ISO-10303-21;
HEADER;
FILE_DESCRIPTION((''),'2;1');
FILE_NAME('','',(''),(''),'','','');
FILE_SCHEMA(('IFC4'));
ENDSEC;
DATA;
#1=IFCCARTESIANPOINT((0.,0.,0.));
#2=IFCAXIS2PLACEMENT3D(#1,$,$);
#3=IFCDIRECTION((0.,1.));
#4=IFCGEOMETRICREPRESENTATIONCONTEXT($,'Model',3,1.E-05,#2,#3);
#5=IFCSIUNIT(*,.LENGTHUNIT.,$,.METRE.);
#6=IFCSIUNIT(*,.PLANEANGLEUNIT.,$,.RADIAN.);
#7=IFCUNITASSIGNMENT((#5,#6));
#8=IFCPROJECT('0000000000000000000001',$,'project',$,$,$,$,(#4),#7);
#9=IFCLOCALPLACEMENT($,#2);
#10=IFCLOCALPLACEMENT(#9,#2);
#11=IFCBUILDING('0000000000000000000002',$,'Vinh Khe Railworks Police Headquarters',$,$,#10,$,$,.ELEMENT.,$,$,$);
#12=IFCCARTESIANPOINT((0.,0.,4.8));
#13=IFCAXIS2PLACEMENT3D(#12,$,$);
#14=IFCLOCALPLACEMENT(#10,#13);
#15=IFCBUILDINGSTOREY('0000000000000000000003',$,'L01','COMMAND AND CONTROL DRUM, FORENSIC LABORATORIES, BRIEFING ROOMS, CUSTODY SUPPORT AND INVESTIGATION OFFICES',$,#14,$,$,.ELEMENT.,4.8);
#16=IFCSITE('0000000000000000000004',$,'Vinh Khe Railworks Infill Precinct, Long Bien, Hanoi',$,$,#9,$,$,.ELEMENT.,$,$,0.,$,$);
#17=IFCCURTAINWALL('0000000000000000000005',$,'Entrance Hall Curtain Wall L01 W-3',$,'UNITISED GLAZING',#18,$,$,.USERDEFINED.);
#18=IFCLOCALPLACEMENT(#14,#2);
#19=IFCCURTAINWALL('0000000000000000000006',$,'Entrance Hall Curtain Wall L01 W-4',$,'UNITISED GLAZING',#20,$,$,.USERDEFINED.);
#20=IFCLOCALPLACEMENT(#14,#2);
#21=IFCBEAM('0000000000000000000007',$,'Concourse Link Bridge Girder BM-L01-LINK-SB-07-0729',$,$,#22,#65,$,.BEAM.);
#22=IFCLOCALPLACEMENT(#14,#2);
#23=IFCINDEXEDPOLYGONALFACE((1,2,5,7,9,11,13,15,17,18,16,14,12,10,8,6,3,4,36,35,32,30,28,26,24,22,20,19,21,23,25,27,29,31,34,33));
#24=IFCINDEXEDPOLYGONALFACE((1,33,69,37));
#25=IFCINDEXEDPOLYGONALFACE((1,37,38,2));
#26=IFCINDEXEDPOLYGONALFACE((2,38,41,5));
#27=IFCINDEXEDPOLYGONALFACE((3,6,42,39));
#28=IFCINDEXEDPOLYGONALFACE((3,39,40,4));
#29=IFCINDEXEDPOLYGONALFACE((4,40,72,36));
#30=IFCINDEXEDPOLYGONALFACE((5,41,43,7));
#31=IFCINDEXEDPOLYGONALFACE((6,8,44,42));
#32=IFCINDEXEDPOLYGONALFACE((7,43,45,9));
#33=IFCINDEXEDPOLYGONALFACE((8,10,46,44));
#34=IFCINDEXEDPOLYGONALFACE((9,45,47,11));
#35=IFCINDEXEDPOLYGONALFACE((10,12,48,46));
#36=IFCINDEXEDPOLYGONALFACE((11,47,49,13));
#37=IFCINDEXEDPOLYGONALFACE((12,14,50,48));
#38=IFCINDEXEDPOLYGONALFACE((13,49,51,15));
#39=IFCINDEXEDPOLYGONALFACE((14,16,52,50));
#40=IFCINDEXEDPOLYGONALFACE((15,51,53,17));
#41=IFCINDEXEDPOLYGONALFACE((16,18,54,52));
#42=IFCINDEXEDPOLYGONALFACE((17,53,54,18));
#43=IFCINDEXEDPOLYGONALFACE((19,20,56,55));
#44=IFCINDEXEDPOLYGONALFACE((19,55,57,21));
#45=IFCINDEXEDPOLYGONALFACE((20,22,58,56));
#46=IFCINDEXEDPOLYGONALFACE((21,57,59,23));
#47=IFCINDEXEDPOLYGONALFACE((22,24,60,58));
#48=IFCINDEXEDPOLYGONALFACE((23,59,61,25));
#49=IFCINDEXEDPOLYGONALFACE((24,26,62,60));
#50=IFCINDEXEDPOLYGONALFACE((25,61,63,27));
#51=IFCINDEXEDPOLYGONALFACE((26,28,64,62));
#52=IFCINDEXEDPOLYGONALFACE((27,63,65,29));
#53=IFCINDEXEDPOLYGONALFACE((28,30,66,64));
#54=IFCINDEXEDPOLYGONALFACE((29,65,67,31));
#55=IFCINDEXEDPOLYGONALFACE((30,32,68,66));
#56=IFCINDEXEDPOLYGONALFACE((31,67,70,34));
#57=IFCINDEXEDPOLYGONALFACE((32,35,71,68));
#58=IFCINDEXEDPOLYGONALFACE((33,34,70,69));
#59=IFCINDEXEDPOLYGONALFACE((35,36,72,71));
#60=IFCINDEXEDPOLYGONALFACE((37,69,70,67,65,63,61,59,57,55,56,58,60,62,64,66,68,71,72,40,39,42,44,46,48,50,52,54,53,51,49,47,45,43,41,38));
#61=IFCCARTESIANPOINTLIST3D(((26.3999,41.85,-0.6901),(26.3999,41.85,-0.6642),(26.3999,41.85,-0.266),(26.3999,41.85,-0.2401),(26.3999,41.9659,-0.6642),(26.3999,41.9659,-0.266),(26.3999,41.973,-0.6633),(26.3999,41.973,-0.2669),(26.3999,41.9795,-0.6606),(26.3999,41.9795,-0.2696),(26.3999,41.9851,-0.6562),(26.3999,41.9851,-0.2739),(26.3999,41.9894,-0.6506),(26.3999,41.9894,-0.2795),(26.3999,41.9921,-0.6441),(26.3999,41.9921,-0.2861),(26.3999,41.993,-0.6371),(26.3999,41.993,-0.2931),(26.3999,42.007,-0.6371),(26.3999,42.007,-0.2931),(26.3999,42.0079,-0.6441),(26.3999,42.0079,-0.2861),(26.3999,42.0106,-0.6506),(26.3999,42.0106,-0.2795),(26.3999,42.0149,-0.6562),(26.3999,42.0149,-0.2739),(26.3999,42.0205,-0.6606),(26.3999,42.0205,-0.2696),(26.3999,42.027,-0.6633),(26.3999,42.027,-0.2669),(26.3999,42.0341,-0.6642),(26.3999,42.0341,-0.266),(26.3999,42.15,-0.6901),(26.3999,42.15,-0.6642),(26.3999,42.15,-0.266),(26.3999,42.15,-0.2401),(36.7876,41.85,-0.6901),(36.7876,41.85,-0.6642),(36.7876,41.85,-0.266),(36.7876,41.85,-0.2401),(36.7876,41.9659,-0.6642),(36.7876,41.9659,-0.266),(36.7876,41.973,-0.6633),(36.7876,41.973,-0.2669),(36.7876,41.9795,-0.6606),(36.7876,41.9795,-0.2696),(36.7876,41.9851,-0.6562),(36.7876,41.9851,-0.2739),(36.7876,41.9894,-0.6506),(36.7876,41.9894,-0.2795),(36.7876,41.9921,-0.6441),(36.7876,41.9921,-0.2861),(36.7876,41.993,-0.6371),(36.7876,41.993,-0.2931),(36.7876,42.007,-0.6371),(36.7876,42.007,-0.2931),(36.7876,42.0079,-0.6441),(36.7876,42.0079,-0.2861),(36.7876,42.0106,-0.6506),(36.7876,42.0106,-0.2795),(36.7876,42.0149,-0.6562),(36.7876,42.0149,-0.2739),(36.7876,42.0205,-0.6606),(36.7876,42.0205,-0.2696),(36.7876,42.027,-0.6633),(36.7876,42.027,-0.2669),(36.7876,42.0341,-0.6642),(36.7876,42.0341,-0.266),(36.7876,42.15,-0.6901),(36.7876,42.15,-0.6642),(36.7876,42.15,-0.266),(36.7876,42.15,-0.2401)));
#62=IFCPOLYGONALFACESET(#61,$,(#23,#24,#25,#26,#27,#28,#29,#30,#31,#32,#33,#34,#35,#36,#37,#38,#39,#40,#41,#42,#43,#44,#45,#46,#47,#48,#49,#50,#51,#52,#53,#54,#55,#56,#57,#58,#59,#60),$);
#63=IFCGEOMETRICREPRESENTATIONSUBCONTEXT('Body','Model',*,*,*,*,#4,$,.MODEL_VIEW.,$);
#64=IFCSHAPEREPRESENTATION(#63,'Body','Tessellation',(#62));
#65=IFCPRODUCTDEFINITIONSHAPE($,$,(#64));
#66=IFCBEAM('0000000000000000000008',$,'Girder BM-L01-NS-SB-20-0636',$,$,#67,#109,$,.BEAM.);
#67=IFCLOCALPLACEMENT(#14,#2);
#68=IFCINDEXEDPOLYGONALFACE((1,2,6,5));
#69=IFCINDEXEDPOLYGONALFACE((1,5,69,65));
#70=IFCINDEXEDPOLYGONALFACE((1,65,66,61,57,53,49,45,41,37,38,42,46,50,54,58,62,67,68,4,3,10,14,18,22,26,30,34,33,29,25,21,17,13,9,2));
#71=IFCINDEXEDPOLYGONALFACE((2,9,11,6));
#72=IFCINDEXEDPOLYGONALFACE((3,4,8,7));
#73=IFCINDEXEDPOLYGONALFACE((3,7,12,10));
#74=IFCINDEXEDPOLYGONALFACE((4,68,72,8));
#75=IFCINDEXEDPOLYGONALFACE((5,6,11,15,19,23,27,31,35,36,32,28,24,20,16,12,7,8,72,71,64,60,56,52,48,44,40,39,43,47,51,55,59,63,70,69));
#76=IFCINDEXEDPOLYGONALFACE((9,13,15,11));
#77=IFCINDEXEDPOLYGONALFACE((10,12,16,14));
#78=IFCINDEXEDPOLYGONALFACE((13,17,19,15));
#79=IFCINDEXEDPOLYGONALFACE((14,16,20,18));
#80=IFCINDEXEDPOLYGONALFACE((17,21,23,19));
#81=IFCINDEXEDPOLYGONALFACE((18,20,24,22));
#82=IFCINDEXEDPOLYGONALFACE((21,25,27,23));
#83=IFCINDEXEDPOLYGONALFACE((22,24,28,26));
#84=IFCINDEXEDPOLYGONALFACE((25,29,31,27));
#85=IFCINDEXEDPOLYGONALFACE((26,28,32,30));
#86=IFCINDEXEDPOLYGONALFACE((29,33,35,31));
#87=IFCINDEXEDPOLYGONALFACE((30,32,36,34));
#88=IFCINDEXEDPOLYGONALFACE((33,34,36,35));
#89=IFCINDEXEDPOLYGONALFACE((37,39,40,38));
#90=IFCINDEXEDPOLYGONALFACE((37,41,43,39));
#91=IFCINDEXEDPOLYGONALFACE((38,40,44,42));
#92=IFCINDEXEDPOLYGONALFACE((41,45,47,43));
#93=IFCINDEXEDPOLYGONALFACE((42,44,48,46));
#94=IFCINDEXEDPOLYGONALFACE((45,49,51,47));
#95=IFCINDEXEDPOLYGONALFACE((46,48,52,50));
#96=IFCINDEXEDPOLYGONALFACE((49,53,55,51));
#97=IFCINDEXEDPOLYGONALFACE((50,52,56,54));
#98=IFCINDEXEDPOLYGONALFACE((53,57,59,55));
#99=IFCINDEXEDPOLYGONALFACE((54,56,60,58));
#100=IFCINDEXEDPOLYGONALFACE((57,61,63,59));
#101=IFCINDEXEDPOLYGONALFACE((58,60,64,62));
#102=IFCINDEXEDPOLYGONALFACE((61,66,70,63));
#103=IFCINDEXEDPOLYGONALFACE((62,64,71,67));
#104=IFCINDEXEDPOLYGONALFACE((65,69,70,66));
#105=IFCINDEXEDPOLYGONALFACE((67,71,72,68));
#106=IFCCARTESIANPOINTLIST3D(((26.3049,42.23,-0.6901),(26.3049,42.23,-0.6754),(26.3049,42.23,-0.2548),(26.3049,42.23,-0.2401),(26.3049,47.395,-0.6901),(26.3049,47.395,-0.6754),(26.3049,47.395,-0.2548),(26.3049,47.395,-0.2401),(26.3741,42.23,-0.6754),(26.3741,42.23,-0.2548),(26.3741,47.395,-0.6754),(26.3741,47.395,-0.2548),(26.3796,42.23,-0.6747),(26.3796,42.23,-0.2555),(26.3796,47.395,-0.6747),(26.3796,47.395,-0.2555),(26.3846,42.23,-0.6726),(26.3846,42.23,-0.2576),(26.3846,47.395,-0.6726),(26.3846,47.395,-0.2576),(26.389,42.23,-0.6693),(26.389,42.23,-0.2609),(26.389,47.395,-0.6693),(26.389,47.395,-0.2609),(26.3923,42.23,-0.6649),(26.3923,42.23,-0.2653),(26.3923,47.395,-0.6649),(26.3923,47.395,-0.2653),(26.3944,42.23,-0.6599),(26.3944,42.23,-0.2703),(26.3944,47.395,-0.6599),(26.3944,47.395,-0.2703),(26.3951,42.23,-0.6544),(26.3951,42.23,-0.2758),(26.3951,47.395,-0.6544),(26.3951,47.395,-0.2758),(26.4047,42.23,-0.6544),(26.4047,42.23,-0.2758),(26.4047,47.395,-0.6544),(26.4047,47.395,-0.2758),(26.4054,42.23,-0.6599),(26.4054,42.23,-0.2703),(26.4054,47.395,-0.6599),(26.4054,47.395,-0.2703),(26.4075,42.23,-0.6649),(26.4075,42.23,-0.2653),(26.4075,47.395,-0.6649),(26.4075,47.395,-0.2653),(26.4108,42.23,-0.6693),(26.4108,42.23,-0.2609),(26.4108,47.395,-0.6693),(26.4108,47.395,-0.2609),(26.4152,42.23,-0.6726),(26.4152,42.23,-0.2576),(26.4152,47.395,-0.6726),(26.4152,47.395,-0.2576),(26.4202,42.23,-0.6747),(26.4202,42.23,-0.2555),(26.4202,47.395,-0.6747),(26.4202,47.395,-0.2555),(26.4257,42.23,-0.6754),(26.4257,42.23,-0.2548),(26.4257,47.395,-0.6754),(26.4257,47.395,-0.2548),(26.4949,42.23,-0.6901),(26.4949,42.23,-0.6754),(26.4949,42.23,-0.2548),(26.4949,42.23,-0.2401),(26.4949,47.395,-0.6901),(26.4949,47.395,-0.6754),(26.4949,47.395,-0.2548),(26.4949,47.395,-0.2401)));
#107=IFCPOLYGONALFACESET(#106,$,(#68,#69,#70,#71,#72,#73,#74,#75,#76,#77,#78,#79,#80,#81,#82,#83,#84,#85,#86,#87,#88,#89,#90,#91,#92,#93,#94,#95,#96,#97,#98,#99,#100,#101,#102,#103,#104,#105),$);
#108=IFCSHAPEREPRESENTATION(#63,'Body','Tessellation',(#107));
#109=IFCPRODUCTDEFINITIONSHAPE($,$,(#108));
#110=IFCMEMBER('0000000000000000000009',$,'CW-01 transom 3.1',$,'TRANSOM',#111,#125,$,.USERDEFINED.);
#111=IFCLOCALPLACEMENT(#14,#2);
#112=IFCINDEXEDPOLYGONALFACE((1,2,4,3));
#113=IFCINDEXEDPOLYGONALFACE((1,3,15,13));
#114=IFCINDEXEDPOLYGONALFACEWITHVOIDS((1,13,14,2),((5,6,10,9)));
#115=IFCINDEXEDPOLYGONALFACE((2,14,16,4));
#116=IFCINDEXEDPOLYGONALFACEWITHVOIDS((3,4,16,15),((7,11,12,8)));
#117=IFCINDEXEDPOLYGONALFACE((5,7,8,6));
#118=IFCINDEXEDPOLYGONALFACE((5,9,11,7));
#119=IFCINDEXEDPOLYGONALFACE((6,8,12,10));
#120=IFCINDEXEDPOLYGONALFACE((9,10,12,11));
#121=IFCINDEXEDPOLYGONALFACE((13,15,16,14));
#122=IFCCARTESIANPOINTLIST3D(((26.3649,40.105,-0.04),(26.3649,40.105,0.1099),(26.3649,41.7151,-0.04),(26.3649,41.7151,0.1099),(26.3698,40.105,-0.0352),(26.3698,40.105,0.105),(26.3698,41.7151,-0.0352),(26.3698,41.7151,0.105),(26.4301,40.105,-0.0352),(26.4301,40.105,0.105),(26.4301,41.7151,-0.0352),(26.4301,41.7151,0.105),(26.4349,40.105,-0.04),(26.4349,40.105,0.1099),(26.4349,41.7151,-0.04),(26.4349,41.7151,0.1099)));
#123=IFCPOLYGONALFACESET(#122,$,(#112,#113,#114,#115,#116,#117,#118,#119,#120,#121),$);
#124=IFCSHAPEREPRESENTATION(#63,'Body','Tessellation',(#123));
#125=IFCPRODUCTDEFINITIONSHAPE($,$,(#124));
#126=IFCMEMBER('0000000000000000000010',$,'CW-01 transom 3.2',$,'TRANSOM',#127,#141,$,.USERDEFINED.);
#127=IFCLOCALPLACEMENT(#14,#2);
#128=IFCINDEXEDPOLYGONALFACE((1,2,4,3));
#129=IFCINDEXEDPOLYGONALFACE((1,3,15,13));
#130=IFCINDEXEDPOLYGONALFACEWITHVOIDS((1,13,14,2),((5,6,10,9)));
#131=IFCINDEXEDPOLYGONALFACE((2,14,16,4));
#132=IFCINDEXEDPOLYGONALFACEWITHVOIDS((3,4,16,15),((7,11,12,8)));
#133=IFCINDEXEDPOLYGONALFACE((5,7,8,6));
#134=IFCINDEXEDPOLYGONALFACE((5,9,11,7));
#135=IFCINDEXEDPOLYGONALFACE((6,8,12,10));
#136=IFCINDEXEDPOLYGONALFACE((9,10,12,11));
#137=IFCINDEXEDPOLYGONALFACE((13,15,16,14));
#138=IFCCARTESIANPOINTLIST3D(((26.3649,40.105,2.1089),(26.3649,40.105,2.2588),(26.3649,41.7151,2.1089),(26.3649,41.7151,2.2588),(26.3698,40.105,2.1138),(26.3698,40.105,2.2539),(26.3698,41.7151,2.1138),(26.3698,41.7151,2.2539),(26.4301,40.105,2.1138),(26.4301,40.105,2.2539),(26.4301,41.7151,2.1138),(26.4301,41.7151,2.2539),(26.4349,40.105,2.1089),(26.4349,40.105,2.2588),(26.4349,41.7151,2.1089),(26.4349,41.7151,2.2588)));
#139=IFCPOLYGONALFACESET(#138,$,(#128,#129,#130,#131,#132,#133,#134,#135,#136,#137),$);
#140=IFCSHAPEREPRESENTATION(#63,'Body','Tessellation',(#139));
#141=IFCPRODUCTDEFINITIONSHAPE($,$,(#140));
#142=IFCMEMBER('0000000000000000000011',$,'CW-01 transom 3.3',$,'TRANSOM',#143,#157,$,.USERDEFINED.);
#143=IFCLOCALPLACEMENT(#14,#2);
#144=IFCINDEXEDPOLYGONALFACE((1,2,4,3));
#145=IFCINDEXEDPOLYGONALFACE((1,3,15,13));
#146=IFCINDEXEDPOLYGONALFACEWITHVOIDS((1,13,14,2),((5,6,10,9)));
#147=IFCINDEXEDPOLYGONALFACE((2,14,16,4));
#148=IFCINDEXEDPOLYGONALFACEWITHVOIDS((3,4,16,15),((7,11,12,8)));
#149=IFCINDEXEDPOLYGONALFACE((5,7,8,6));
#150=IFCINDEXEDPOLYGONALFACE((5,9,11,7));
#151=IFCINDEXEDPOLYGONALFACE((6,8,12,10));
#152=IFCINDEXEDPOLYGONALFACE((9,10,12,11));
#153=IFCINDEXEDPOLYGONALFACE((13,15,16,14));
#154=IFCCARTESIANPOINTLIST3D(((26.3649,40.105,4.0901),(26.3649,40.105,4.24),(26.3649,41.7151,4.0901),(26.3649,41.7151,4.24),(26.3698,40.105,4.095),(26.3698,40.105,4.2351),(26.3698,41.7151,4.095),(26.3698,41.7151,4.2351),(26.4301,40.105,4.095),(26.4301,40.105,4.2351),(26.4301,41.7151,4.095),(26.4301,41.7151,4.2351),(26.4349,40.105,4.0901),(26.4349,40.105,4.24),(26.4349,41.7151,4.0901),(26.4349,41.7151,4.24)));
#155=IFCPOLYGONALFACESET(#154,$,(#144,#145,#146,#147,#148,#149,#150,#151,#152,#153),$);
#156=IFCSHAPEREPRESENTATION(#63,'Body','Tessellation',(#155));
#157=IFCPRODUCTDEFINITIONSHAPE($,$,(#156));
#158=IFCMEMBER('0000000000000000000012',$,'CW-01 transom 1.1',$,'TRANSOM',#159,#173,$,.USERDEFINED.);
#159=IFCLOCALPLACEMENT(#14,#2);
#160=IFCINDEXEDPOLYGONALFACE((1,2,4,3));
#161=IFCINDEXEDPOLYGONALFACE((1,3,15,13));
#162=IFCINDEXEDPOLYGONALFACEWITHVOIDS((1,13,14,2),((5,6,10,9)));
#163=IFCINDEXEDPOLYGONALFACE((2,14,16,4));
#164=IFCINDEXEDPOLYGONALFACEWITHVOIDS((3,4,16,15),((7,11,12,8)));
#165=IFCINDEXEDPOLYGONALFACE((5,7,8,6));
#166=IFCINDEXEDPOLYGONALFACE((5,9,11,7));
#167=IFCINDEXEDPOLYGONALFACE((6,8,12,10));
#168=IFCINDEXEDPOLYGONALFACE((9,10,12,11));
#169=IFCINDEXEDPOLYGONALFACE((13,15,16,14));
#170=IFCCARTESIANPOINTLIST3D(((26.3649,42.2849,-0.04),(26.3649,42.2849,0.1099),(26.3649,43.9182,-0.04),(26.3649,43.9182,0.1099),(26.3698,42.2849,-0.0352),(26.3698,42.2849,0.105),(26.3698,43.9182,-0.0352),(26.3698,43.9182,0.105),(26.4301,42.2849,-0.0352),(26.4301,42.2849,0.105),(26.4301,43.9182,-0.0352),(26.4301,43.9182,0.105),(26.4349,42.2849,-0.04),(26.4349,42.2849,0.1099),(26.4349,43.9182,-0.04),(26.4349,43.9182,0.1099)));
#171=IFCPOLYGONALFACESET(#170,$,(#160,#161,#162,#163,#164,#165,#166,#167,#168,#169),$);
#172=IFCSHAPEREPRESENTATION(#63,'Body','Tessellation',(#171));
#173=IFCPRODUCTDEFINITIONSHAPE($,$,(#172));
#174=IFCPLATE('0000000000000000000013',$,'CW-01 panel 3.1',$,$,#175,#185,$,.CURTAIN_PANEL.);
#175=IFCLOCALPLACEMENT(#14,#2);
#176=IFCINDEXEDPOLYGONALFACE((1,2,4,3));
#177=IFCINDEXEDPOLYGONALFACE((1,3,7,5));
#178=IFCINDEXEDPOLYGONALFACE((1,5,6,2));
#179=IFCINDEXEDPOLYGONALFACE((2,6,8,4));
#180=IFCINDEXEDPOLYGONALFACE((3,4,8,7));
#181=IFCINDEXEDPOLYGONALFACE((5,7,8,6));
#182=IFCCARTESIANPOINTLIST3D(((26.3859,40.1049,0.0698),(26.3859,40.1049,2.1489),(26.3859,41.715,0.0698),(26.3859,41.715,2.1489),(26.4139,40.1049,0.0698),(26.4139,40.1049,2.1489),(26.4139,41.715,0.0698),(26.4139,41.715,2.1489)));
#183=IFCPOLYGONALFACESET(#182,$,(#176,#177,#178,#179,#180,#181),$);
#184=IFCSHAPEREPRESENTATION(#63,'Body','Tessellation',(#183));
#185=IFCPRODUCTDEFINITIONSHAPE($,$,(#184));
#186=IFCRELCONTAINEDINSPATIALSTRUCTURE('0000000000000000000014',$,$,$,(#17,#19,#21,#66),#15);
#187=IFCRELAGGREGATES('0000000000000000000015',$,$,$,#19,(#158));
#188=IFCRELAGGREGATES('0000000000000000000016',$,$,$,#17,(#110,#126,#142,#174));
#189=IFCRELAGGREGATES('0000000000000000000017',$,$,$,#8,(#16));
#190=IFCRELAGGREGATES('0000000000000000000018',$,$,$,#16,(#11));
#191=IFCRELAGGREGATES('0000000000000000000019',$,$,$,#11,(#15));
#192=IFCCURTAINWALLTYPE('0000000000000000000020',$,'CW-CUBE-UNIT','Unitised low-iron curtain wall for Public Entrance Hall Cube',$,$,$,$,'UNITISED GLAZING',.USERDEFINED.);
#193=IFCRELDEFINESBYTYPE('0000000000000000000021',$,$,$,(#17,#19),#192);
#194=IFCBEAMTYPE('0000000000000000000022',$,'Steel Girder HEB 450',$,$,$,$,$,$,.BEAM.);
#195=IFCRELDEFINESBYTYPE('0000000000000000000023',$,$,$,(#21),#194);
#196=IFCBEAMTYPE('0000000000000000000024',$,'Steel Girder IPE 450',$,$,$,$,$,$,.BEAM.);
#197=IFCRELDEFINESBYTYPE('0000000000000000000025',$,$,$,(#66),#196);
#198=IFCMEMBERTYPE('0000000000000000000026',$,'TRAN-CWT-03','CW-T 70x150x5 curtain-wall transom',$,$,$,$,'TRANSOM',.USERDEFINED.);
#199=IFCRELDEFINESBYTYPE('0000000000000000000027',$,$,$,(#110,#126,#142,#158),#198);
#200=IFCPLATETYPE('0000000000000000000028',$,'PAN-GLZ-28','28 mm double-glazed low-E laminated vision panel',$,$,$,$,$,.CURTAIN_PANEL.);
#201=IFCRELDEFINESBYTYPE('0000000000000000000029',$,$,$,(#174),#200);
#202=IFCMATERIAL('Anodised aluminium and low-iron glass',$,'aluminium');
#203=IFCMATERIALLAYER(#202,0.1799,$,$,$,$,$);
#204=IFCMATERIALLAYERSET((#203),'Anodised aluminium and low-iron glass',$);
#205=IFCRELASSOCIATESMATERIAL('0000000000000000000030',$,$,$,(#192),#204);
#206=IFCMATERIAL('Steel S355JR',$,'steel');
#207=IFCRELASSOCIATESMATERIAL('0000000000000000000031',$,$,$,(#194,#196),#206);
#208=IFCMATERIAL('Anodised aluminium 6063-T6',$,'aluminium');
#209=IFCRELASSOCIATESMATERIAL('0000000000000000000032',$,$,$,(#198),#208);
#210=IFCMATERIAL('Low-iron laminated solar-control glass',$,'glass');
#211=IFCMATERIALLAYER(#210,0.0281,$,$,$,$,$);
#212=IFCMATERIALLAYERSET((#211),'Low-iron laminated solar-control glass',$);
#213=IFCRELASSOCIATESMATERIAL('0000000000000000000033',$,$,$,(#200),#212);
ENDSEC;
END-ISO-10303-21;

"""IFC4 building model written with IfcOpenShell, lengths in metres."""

from ifc_helpers import new_model, si_unit, direction, frame, origin, origin_2d, place, context, subcontext, project, spatial, rectangle, hollow_rectangle, i_section, extrude, material, layer, layer_set, material_profile, profile_set, type_object, element, aggregate, save


model = new_model("IFC4")

# Units and contexts
model_context = context("Model", 3, precision=1e-05, world=origin(), true_north=direction((0.0, 1.0)))
body_context = subcontext(model_context, "Body", "Model", "MODEL_VIEW")
ifc_project = project(units=[si_unit("LENGTHUNIT", "METRE"), si_unit("PLANEANGLEUNIT", "RADIAN")], contexts=[model_context])

# Site, building, storey
site_placement = place(None, origin())
site = spatial("IfcSite", under=ifc_project, at=site_placement, Name="Vinh Khe Railworks Infill Precinct, Long Bien, Hanoi", CompositionType="ELEMENT", RefElevation=0.0)
building_placement = place(site_placement, origin())
building = spatial("IfcBuilding", under=site, at=building_placement, Name="Vinh Khe Railworks Police Headquarters", CompositionType="ELEMENT")
storey_placement = place(building_placement, frame((0.0, 0.0, 4.8)))
storey = spatial("IfcBuildingStorey", under=building, at=storey_placement, Name="L01", Description="COMMAND AND CONTROL DRUM, FORENSIC LABORATORIES, BRIEFING ROOMS, CUSTODY SUPPORT AND INVESTIGATION OFFICES", CompositionType="ELEMENT", Elevation=4.8)

# Shared definitions
ifc_material_1 = material(Name="Steel S355JR", Category="steel")

# Curtain wall
ifc_material_2 = material(Name="Anodised aluminium and low-iron glass", Category="aluminium")
ifc_layer_1 = layer(ifc_material_2, 0.1799)
ifc_layer_set_1 = layer_set([ifc_layer_1], Name="Anodised aluminium and low-iron glass")
curtain_wall_type = type_object("IfcCurtainWallType", Name="CW-CUBE-UNIT", Description="Unitised low-iron curtain wall for Public Entrance Hall Cube", ElementType="UNITISED GLAZING", PredefinedType="USERDEFINED", material=ifc_layer_set_1)
curtain_wall_1_placement = place(storey_placement, origin())
curtain_wall_1 = element("IfcCurtainWall", 1, at=curtain_wall_1_placement, inside=storey, type_object=curtain_wall_type, Name="Entrance Hall Curtain Wall L01 W-3", ObjectType="UNITISED GLAZING", PredefinedType="USERDEFINED")
ifc_material_3 = material(Name="Anodised aluminium 6063-T6", Category="aluminium")

# Curtain wall
curtain_wall_2_placement = place(storey_placement, origin())
curtain_wall_2 = element("IfcCurtainWall", 2, at=curtain_wall_2_placement, inside=storey, type_object=curtain_wall_type, Name="Entrance Hall Curtain Wall L01 W-4", ObjectType="UNITISED GLAZING", PredefinedType="USERDEFINED")

# Beams
ifc_material_profile_1 = material_profile(ifc_material_1, i_section(OverallWidth=0.3, OverallDepth=0.45, WebThickness=0.0139, FlangeThickness=0.0259, FilletRadius=0.0271, at=origin_2d()), Name="HEB 450")
ifc_profile_set_1 = profile_set([ifc_material_profile_1], Name="Steel S355JR")
beam_type_1 = type_object("IfcBeamType", Name="Steel Girder HEB 450", PredefinedType="BEAM", material=ifc_profile_set_1)
beam_1_placement = place(storey_placement, frame((26.3999, 42.0, -0.4651), z_axis=(1.0, 0.0, 0.0), x_axis=(0.0, 1.0, 0.0)))
element("IfcBeam", 3, at=beam_1_placement, inside=storey, type_object=beam_type_1, Name="Concourse Link Bridge Girder BM-L01-LINK-SB-07-0729", PredefinedType="BEAM", context=body_context, shape_type="SweptSolid", body=[
    extrude(i_section(OverallWidth=0.3, OverallDepth=0.45, WebThickness=0.0139, FlangeThickness=0.0259, FilletRadius=0.0271, at=origin_2d()), origin(), (0.0, 0.0, 1.0), 10.3877),
])
ifc_material_profile_2 = material_profile(ifc_material_1, i_section(OverallWidth=0.1899, OverallDepth=0.45, WebThickness=0.0095, FlangeThickness=0.0146, FilletRadius=0.021, at=origin_2d()), Name="IPE 450")
ifc_profile_set_2 = profile_set([ifc_material_profile_2], Name="Steel S355JR")
beam_type_2 = type_object("IfcBeamType", Name="Steel Girder IPE 450", PredefinedType="BEAM", material=ifc_profile_set_2)
beam_2_placement = place(storey_placement, frame((26.3999, 42.23, -0.4651), z_axis=(0.0, 1.0, 0.0), x_axis=(-1.0, 0.0, 0.0)))
element("IfcBeam", 4, at=beam_2_placement, inside=storey, type_object=beam_type_2, Name="Girder BM-L01-NS-SB-20-0636", PredefinedType="BEAM", context=body_context, shape_type="SweptSolid", body=[
    extrude(i_section(OverallWidth=0.1899, OverallDepth=0.45, WebThickness=0.0095, FlangeThickness=0.0146, FilletRadius=0.021, at=origin_2d()), origin(), (0.0, 0.0, 1.0), 5.165),
])

# Members
ifc_material_profile_3 = material_profile(ifc_material_3, hollow_rectangle(XDim=0.0701, YDim=0.1499, WallThickness=0.0049, at=origin_2d()), Name="CW-T 70x150x5")
ifc_profile_set_3 = profile_set([ifc_material_profile_3], Name="Anodised aluminium 6063-T6")
member_type_1 = type_object("IfcMemberType", Name="TRAN-CWT-03", Description="CW-T 70x150x5 curtain-wall transom", ElementType="TRANSOM", PredefinedType="USERDEFINED", material=ifc_profile_set_3)
member_1_placement = place(storey_placement, frame((26.3999, 40.105, 0.0349), z_axis=(0.0, 1.0, 0.0), x_axis=(-1.0, 0.0, 0.0)))
member_1 = element("IfcMember", 5, at=member_1_placement, type_object=member_type_1, Name="CW-01 transom 3.1", ObjectType="TRANSOM", PredefinedType="USERDEFINED", context=body_context, shape_type="SweptSolid", body=[
    extrude(hollow_rectangle(XDim=0.0701, YDim=0.1499, WallThickness=0.0049, at=origin_2d()), origin(), (0.0, 0.0, 1.0), 1.6101),
])
member_2_placement = place(storey_placement, frame((26.3999, 40.105, 2.1838), z_axis=(0.0, 1.0, 0.0), x_axis=(-1.0, 0.0, 0.0)))
member_2 = element("IfcMember", 6, at=member_2_placement, type_object=member_type_1, Name="CW-01 transom 3.2", ObjectType="TRANSOM", PredefinedType="USERDEFINED", context=body_context, shape_type="SweptSolid", body=[
    extrude(hollow_rectangle(XDim=0.0701, YDim=0.1499, WallThickness=0.0049, at=origin_2d()), origin(), (0.0, 0.0, 1.0), 1.6101),
])
member_3_placement = place(storey_placement, frame((26.3999, 40.105, 4.165), z_axis=(0.0, 1.0, 0.0), x_axis=(-1.0, 0.0, 0.0)))
member_3 = element("IfcMember", 7, at=member_3_placement, type_object=member_type_1, Name="CW-01 transom 3.3", ObjectType="TRANSOM", PredefinedType="USERDEFINED", context=body_context, shape_type="SweptSolid", body=[
    extrude(hollow_rectangle(XDim=0.0701, YDim=0.1499, WallThickness=0.0049, at=origin_2d()), origin(), (0.0, 0.0, 1.0), 1.6101),
])
member_4_placement = place(storey_placement, frame((26.3999, 42.2849, 0.0349), z_axis=(0.0, 1.0, 0.0), x_axis=(-1.0, 0.0, 0.0)))
member_4 = element("IfcMember", 8, at=member_4_placement, type_object=member_type_1, Name="CW-01 transom 1.1", ObjectType="TRANSOM", PredefinedType="USERDEFINED", context=body_context, shape_type="SweptSolid", body=[
    extrude(hollow_rectangle(XDim=0.0701, YDim=0.1499, WallThickness=0.0049, at=origin_2d()), origin(), (0.0, 0.0, 1.0), 1.6333),
])
aggregate(curtain_wall_2, [member_4])

# Plate
ifc_material_4 = material(Name="Low-iron laminated solar-control glass", Category="glass")
ifc_layer_2 = layer(ifc_material_4, 0.0281)
ifc_layer_set_2 = layer_set([ifc_layer_2], Name="Low-iron laminated solar-control glass")
plate_type = type_object("IfcPlateType", Name="PAN-GLZ-28", Description="28 mm double-glazed low-E laminated vision panel", PredefinedType="CURTAIN_PANEL", material=ifc_layer_set_2)
plate_1_placement = place(storey_placement, frame((26.3999, 40.9099, 0.0698), z_axis=(0.0, 0.0, 1.0), x_axis=(0.0, 1.0, 0.0)))
plate_1 = element("IfcPlate", 9, at=plate_1_placement, type_object=plate_type, Name="CW-01 panel 3.1", PredefinedType="CURTAIN_PANEL", context=body_context, shape_type="SweptSolid", body=[
    extrude(rectangle(XDim=1.6101, YDim=0.0281, at=origin_2d()), origin(), (0.0, 0.0, 1.0), 2.0791),
])
aggregate(curtain_wall_1, [member_1, member_2, member_3, plate_1])

save(model, "model.ifc")
